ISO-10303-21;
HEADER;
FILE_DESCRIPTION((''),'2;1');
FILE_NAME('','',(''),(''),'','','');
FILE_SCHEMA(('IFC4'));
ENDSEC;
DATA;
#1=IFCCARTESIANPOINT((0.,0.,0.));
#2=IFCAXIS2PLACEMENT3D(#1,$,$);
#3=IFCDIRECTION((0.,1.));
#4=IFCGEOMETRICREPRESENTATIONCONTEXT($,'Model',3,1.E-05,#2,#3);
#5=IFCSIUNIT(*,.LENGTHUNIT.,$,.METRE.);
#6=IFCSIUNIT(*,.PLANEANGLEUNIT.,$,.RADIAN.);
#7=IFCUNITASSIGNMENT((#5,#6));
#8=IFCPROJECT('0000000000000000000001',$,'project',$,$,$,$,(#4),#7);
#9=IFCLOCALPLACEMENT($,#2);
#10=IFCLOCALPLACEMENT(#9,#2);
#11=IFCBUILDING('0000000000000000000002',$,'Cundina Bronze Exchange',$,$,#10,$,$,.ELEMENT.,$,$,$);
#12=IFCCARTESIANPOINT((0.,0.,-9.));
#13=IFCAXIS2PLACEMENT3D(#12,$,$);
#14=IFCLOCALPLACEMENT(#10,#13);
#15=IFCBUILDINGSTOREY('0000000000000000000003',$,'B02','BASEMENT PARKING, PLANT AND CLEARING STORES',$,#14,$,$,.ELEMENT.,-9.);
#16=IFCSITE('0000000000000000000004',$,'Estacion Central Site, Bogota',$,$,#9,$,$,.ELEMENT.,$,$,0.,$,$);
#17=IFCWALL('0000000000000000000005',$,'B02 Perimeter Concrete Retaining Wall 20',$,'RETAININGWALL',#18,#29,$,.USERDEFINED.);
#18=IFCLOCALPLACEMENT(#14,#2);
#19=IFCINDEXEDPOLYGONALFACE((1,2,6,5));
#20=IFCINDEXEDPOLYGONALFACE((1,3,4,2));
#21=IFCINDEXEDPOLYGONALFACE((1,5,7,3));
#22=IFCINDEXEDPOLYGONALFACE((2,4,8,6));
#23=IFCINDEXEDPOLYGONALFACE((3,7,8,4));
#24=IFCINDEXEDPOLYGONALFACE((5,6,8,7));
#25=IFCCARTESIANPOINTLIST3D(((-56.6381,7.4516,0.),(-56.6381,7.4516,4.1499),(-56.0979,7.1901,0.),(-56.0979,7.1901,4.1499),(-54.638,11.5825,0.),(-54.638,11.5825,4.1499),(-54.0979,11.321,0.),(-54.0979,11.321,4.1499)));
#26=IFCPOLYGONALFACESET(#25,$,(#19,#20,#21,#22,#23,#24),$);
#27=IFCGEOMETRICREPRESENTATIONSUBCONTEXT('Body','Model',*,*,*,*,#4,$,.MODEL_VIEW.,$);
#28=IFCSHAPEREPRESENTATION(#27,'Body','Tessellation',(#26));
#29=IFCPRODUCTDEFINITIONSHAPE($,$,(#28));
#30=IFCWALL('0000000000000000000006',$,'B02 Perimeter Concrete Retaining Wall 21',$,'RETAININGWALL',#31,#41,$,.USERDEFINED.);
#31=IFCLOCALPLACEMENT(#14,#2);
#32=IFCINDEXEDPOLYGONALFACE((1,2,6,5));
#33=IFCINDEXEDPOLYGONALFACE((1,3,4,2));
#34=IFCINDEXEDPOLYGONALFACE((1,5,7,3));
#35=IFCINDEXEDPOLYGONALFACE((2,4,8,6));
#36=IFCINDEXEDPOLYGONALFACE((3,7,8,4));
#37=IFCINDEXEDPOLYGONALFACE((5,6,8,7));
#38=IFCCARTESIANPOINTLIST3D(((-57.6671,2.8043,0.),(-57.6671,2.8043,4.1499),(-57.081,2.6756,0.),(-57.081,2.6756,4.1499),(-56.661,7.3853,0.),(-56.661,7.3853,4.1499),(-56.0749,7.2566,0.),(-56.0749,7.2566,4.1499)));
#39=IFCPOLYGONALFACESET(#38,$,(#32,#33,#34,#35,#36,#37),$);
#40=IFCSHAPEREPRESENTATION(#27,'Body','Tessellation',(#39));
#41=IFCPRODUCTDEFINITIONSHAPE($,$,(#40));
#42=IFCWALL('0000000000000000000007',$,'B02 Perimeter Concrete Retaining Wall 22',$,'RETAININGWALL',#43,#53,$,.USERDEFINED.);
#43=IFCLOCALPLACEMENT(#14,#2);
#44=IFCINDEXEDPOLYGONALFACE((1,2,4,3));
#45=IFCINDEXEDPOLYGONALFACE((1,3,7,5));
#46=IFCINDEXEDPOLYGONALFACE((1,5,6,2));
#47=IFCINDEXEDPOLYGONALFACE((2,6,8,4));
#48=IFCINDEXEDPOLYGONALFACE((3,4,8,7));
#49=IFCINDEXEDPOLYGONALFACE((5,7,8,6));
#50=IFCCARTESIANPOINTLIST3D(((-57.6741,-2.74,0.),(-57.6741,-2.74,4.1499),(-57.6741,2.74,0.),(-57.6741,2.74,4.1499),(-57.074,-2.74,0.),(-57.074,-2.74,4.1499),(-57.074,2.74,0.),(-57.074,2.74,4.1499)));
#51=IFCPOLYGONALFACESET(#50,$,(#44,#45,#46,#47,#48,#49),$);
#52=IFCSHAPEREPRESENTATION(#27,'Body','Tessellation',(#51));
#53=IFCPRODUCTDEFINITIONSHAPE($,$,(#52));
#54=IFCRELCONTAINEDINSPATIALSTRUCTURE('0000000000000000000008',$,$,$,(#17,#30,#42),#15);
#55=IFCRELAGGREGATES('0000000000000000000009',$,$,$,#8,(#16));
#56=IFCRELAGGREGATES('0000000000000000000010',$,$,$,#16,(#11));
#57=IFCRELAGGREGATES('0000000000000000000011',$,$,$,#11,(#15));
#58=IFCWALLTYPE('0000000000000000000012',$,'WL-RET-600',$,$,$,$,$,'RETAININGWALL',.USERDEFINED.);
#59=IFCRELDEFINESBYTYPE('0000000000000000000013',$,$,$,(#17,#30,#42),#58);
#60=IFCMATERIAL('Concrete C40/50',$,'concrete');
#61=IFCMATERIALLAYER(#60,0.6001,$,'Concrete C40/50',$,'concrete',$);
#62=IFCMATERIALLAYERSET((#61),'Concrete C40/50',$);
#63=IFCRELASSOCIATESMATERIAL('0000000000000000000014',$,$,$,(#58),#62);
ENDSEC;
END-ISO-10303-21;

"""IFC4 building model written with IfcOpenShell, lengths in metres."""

from ifc_helpers import new_model, si_unit, direction, frame, frame_2d, origin, place, context, subcontext, project, spatial, rectangle, extrude, material, layer, layer_set, type_object, element, save


model = new_model("IFC4")

# Units and contexts
model_context = context("Model", 3, precision=1e-05, world=origin(), true_north=direction((0.0, 1.0)))
body_context = subcontext(model_context, "Body", "Model", "MODEL_VIEW")
ifc_project = project(units=[si_unit("LENGTHUNIT", "METRE"), si_unit("PLANEANGLEUNIT", "RADIAN")], contexts=[model_context])

# Site, building, storey
site_placement = place(None, origin())
site = spatial("IfcSite", under=ifc_project, at=site_placement, Name="Estacion Central Site, Bogota", CompositionType="ELEMENT", RefElevation=0.0)
building_placement = place(site_placement, origin())
building = spatial("IfcBuilding", under=site, at=building_placement, Name="Cundina Bronze Exchange", CompositionType="ELEMENT")
storey_placement = place(building_placement, frame((0.0, 0.0, -9.0)))
storey = spatial("IfcBuildingStorey", under=building, at=storey_placement, Name="B02", Description="BASEMENT PARKING, PLANT AND CLEARING STORES", CompositionType="ELEMENT", Elevation=-9.0)

# Shared definitions
ifc_material_1 = material(Name="Concrete C40/50", Category="concrete")

# Walls
ifc_layer_1 = layer(ifc_material_1, 0.6001, Name="Concrete C40/50", Category="concrete")
ifc_layer_set_1 = layer_set([ifc_layer_1], Name="Concrete C40/50")
wall_type_1 = type_object("IfcWallType", Name="WL-RET-600", ElementType="RETAININGWALL", PredefinedType="USERDEFINED", material=ifc_layer_set_1)
wall_1_placement = place(storey_placement, frame((-54.3679, 11.4519, 0.0), z_axis=(0.0, 0.0, 1.0), x_axis=(-0.435772, -0.900057, 0.0)))
element("IfcWall", 1, at=wall_1_placement, inside=storey, type_object=wall_type_1, Name="B02 Perimeter Concrete Retaining Wall 20", ObjectType="RETAININGWALL", PredefinedType="USERDEFINED", context=body_context, shape_type="SweptSolid", body=[
    extrude(rectangle(XDim=4.5896, YDim=0.6001, at=frame_2d((2.2949, 0.0))), origin(), (0.0, 0.0, 1.0), 4.1499),
])
wall_2_placement = place(storey_placement, frame((-56.3679, 7.321, 0.0), z_axis=(0.0, 0.0, 1.0), x_axis=(-0.21451, -0.976722, 0.0)))
element("IfcWall", 2, at=wall_2_placement, inside=storey, type_object=wall_type_1, Name="B02 Perimeter Concrete Retaining Wall 21", ObjectType="RETAININGWALL", PredefinedType="USERDEFINED", context=body_context, shape_type="SweptSolid", body=[
    extrude(rectangle(XDim=4.6902, YDim=0.6001, at=frame_2d((2.3452, 0.0))), origin(), (0.0, 0.0, 1.0), 4.1499),
])
wall_3_placement = place(storey_placement, frame((-57.374, 2.74, 0.0), z_axis=(0.0, 0.0, 1.0), x_axis=(0.0, -1.0, 0.0)))
element("IfcWall", 3, at=wall_3_placement, inside=storey, type_object=wall_type_1, Name="B02 Perimeter Concrete Retaining Wall 22", ObjectType="RETAININGWALL", PredefinedType="USERDEFINED", context=body_context, shape_type="SweptSolid", body=[
    extrude(rectangle(XDim=5.48, YDim=0.6001, at=frame_2d((2.74, 0.0))), origin(), (0.0, 0.0, 1.0), 4.1499),
])

save(model, "model.ifc")
